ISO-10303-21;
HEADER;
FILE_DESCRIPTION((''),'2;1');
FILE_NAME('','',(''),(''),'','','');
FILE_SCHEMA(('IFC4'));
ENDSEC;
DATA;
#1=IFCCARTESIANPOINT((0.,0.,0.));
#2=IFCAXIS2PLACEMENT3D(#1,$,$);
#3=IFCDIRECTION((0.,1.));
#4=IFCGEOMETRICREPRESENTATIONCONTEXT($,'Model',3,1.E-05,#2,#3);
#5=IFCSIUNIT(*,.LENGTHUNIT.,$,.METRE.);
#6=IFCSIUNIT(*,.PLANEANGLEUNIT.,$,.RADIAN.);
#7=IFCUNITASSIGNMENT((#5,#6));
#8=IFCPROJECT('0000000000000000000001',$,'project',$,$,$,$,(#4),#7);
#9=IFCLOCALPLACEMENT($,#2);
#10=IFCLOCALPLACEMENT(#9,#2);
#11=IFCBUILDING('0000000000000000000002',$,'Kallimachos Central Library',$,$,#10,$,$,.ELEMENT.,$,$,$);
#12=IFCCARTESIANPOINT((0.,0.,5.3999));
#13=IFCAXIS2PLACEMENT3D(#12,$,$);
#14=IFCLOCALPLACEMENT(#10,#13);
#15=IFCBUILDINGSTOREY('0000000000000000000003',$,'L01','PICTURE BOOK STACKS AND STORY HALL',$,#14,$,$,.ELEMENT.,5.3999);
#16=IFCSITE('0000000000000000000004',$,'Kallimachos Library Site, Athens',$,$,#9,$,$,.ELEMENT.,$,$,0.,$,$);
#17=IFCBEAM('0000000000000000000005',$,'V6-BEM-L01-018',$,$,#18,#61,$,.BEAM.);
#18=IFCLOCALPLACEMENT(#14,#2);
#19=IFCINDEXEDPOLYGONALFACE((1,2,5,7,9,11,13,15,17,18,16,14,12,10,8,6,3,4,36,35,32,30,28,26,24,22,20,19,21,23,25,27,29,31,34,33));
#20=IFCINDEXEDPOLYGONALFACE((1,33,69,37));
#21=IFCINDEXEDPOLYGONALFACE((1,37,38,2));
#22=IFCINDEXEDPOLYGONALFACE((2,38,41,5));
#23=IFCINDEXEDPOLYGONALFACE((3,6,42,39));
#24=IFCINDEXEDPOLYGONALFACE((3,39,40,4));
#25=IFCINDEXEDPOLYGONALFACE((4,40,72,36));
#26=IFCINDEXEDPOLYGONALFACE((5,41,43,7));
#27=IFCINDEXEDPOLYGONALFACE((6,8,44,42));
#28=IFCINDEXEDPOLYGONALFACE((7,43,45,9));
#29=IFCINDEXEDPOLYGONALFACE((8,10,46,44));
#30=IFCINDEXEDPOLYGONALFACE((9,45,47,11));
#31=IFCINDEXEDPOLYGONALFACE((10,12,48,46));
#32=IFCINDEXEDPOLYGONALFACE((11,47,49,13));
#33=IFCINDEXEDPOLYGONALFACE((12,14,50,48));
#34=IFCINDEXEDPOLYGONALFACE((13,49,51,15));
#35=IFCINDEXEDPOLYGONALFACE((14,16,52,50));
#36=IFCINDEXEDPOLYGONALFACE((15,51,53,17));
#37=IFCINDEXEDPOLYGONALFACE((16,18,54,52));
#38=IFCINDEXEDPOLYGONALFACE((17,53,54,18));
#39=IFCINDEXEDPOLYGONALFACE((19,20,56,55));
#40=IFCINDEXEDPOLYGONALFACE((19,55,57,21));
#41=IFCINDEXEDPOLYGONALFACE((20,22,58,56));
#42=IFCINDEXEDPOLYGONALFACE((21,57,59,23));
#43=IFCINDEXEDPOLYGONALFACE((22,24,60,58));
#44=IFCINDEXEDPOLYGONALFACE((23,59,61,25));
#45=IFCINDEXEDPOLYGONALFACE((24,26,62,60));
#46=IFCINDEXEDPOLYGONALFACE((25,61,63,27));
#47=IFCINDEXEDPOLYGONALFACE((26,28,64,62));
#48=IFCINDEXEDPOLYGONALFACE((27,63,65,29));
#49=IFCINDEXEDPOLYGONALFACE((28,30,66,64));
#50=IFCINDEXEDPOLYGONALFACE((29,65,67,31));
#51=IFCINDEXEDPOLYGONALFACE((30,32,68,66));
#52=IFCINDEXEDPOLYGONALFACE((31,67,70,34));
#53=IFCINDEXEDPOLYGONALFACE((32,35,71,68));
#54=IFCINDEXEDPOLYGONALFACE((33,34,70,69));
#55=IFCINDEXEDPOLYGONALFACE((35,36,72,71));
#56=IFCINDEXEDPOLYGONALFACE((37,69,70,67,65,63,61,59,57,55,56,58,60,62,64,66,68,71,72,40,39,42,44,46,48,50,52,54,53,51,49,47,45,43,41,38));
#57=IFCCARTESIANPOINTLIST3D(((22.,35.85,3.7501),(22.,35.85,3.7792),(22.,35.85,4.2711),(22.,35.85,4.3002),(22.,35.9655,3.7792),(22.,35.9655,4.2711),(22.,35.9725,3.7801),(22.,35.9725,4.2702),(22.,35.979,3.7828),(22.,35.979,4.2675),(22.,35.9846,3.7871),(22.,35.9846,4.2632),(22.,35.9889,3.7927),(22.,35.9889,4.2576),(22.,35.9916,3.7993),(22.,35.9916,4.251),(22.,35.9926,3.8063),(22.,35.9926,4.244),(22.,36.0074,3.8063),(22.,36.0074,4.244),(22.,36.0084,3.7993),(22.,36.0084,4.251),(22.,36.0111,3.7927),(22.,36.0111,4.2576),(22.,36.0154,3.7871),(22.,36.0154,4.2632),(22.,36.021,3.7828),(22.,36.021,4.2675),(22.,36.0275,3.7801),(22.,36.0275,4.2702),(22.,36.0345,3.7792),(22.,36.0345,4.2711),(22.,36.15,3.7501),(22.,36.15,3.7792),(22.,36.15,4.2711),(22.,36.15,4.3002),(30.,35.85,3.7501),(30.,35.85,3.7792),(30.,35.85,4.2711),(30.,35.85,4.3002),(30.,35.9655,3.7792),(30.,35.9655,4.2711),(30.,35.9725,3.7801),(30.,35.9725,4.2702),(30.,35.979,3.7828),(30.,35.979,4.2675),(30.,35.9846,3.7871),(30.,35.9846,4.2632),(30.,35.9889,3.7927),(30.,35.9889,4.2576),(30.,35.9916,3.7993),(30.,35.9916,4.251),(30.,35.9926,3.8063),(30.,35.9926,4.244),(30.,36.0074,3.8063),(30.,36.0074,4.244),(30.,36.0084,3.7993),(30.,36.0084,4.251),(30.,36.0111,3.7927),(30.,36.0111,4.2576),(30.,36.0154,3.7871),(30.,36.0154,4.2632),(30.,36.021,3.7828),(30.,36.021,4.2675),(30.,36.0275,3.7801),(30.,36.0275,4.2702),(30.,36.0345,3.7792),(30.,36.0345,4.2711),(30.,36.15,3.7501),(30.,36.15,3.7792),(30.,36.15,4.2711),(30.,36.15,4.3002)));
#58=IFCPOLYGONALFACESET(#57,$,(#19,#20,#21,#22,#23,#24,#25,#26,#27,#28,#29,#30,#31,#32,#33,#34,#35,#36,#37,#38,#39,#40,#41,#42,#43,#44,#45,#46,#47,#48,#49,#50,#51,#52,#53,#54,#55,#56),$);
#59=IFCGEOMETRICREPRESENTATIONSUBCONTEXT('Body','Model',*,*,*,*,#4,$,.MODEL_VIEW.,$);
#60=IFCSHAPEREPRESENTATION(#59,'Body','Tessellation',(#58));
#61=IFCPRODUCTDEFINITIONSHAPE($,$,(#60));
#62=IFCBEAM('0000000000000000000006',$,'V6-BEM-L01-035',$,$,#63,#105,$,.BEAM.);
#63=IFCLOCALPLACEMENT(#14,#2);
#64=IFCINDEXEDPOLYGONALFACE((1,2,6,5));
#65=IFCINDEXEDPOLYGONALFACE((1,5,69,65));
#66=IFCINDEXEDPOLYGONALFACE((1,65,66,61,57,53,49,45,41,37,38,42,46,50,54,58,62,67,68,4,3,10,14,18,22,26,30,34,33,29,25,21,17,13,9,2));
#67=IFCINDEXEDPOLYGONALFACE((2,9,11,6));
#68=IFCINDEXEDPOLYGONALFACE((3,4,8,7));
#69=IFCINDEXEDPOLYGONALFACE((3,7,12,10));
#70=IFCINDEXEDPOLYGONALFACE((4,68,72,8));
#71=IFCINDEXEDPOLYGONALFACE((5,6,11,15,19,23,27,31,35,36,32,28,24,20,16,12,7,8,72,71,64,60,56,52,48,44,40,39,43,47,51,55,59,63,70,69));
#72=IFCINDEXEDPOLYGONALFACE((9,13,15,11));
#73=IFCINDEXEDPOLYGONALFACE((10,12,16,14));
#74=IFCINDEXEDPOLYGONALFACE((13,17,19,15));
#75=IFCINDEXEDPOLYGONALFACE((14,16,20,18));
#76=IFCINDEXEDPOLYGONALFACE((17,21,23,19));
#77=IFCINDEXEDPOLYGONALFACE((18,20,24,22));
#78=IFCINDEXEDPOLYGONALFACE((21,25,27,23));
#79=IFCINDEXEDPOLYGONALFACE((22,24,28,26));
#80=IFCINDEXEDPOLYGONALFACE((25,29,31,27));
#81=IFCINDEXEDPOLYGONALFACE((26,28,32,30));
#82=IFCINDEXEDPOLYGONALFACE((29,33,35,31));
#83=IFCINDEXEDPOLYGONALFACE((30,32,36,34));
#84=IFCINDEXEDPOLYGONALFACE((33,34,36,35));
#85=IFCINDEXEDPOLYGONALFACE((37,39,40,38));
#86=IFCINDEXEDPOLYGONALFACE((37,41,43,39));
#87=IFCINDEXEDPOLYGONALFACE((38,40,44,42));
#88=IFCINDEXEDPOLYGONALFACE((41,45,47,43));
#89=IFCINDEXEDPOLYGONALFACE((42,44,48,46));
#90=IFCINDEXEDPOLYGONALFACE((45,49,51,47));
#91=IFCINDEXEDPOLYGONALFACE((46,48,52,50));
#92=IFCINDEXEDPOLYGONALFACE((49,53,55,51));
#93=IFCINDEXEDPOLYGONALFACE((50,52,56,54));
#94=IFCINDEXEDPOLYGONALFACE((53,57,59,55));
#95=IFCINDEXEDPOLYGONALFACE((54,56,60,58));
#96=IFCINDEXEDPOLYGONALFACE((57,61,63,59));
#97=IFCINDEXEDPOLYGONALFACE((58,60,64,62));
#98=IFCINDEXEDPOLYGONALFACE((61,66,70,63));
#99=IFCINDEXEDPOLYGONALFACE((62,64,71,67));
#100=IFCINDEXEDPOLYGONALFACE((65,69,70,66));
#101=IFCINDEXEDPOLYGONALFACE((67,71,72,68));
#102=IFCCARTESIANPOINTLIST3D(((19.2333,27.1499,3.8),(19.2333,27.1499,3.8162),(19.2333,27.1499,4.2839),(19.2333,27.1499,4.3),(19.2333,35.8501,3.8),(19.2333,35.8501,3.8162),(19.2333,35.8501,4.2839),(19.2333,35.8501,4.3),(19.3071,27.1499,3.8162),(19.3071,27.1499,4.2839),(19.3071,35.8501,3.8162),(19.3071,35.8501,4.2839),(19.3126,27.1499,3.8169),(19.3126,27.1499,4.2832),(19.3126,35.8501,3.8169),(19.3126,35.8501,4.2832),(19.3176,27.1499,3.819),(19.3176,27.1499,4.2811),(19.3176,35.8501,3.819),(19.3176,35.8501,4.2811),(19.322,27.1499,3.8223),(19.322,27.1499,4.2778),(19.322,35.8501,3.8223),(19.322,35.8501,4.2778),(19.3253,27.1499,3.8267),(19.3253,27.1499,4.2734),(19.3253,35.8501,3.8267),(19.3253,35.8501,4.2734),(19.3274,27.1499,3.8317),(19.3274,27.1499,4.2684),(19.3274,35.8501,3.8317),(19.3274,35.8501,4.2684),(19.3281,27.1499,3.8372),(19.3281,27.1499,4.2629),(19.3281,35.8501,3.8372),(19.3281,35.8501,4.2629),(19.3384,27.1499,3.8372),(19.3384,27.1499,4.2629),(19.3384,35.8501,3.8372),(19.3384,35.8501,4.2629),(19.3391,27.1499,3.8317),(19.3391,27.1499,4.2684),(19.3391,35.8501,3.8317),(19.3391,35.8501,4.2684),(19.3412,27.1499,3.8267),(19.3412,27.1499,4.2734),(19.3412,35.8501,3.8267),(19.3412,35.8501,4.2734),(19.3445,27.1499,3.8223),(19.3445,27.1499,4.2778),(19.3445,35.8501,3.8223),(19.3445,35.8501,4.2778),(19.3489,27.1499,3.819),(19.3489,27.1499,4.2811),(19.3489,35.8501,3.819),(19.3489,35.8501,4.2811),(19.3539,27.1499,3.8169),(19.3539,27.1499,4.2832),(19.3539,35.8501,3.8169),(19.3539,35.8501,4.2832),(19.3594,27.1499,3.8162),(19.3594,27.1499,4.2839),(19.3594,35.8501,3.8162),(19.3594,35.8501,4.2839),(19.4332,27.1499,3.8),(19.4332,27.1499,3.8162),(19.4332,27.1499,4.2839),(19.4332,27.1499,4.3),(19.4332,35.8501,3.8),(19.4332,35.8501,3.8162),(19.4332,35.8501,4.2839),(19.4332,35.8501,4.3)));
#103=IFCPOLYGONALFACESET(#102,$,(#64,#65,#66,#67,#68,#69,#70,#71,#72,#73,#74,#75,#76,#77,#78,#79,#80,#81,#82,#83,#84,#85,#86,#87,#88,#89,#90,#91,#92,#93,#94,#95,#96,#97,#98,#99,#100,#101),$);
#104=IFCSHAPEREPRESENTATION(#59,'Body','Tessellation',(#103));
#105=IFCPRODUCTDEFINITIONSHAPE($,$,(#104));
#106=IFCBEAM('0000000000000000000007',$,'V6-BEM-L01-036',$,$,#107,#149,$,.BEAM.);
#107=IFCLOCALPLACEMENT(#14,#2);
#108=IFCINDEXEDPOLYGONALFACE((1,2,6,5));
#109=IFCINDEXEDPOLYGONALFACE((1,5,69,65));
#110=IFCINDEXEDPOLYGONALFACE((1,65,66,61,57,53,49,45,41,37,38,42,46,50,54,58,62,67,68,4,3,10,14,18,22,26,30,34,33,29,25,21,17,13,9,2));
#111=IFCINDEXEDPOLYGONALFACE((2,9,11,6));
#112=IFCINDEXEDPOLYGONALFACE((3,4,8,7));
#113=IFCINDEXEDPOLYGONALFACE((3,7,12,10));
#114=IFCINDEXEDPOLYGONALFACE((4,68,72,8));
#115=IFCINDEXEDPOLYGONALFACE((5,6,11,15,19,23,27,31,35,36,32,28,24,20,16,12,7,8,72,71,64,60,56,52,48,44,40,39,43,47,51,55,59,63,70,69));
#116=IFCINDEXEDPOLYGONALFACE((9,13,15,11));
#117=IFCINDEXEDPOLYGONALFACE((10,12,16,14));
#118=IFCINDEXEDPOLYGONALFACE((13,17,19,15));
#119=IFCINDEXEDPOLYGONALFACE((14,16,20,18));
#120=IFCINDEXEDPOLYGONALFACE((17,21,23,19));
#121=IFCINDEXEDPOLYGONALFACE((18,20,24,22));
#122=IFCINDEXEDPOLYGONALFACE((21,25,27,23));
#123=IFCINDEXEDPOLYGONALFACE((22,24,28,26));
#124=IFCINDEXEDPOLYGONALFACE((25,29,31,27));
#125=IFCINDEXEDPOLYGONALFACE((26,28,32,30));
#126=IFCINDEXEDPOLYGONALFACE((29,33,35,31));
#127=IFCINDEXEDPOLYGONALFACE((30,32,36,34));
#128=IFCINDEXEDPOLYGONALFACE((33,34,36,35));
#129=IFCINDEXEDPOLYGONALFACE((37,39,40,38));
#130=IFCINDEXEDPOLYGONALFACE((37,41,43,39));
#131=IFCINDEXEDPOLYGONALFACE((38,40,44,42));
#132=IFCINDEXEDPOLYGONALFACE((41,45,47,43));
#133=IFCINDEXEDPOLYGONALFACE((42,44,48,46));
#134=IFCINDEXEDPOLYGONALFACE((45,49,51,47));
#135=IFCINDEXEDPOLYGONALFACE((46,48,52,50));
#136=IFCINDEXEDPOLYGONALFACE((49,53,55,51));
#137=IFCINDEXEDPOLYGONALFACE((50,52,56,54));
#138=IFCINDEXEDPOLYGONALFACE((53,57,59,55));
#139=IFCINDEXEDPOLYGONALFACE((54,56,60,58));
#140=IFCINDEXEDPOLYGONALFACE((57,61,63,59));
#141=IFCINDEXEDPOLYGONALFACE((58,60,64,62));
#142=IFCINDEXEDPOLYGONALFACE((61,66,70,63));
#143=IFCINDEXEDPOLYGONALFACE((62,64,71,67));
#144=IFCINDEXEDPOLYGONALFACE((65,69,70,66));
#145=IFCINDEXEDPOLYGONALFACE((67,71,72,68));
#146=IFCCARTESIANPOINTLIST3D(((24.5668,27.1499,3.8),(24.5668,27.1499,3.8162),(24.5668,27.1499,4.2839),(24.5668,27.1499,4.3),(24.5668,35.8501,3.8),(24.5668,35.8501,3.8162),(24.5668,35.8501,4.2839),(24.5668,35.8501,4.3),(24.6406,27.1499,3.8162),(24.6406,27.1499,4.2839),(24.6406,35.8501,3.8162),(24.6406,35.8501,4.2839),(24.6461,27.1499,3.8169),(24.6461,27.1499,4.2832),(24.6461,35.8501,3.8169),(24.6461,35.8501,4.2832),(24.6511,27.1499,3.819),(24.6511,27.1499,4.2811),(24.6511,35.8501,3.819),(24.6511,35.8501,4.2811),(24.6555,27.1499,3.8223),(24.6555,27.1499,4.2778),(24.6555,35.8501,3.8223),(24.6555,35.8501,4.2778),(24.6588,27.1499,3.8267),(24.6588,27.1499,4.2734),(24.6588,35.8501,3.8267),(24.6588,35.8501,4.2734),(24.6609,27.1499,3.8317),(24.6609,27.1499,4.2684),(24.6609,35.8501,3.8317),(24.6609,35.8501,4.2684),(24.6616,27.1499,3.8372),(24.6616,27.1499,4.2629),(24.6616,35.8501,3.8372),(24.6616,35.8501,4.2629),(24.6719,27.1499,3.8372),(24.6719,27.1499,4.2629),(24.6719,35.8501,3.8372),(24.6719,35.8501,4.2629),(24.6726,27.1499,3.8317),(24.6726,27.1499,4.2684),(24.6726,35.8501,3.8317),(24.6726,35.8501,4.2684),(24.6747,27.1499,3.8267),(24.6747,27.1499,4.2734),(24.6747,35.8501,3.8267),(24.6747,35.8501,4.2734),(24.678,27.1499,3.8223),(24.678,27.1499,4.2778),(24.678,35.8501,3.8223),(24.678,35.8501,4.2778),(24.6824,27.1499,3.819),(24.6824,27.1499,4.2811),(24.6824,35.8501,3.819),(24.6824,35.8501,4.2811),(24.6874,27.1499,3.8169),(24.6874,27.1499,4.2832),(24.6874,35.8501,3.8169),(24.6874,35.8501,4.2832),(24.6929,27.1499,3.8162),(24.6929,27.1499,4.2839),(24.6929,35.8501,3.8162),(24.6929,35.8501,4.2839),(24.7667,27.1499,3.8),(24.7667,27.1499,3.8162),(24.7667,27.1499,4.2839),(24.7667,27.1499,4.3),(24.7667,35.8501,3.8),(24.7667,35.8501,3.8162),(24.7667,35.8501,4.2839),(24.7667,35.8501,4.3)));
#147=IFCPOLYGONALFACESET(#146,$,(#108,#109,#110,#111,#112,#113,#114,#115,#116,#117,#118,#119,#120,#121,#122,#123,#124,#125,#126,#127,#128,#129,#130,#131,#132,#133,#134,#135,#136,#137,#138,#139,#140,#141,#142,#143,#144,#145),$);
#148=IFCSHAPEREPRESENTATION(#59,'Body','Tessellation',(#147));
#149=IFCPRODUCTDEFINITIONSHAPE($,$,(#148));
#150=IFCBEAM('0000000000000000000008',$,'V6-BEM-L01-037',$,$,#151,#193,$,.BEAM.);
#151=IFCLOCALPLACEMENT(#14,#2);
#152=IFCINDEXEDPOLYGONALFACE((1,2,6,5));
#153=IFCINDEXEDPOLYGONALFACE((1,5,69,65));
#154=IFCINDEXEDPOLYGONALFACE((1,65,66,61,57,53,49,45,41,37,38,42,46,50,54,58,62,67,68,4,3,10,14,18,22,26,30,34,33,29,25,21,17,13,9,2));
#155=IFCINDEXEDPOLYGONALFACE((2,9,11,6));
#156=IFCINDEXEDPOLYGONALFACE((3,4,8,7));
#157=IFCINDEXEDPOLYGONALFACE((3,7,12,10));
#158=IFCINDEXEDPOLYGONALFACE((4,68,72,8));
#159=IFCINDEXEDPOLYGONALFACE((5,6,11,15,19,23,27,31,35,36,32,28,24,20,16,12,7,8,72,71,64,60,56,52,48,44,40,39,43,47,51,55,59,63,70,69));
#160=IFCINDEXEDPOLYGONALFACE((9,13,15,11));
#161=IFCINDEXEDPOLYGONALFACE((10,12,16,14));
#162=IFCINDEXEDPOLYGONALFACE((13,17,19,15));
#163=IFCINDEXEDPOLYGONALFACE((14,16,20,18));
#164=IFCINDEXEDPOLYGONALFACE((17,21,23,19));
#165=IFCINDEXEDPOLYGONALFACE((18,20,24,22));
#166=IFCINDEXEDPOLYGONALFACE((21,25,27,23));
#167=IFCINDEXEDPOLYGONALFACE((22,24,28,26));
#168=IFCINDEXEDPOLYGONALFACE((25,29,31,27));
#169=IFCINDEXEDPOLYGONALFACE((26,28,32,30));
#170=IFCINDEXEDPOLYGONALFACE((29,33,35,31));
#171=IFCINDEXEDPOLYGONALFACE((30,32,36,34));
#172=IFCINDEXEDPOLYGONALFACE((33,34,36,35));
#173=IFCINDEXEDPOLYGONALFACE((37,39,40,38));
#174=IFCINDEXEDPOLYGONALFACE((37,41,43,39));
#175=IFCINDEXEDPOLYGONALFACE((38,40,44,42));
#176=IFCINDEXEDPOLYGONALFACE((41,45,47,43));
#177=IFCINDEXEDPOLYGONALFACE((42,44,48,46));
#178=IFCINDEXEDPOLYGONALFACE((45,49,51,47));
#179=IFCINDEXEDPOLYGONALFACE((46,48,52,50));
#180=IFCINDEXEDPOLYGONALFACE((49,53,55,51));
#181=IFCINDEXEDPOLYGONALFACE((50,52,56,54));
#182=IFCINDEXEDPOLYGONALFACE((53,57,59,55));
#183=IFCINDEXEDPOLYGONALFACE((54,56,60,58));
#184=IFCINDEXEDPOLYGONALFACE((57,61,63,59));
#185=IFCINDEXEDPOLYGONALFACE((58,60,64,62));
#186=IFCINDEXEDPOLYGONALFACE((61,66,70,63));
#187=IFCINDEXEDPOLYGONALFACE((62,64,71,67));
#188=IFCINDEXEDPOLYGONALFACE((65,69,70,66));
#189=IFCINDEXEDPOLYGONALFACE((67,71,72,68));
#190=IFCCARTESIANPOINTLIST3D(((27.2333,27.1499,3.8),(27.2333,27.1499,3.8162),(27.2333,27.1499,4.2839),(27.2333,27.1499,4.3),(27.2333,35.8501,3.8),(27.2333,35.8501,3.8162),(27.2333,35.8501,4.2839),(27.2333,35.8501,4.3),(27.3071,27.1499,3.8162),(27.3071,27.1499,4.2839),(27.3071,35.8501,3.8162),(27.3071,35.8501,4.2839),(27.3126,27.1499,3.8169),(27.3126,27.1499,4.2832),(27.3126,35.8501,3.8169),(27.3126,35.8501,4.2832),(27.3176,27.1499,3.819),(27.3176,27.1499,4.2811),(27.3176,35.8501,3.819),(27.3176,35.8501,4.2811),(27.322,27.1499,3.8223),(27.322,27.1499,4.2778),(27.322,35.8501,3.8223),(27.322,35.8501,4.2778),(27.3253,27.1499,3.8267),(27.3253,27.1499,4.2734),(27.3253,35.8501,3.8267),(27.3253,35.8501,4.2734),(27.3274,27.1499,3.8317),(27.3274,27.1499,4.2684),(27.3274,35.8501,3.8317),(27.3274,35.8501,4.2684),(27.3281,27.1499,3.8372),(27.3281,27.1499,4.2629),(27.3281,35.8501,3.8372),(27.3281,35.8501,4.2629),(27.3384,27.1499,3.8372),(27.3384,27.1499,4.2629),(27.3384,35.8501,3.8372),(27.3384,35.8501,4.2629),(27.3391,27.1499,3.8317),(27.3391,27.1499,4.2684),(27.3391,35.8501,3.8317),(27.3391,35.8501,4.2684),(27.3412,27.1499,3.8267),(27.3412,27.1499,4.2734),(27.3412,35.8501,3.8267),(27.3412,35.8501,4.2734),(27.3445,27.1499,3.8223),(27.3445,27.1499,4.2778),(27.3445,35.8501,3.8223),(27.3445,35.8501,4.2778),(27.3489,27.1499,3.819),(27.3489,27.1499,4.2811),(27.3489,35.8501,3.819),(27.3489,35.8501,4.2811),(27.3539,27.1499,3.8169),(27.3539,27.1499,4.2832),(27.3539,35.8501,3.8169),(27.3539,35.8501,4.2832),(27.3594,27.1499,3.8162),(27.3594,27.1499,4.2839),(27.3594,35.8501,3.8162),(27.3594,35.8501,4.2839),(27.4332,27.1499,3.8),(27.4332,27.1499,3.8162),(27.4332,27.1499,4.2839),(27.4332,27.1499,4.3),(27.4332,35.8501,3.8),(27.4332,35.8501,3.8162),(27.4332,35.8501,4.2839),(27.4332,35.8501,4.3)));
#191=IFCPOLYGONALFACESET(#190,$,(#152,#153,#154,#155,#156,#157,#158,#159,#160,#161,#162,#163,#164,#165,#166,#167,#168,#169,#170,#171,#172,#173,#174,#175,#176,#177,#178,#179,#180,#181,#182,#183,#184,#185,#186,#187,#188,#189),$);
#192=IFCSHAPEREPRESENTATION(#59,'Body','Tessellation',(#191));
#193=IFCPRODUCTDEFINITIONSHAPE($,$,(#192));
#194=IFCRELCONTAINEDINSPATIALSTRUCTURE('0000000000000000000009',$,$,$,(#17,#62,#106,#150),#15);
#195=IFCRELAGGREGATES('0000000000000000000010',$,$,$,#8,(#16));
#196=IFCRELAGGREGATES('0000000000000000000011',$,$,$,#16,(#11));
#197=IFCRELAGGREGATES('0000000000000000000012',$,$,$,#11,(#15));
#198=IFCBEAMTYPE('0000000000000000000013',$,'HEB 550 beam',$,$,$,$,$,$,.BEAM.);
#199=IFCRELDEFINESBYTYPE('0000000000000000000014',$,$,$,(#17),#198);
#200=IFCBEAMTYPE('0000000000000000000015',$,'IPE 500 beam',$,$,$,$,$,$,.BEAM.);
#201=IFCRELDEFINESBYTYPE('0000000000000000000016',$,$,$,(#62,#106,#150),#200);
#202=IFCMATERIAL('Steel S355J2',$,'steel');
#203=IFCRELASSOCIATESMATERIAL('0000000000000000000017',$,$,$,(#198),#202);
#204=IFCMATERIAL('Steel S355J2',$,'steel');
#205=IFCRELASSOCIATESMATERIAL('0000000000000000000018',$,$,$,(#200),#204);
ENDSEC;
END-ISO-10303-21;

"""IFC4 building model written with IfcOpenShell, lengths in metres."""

from ifc_helpers import new_model, si_unit, direction, frame, origin, origin_2d, place, context, subcontext, project, spatial, i_section, extrude, material, material_profile, profile_set, type_object, element, save


model = new_model("IFC4")

# Units and contexts
model_context = context("Model", 3, precision=1e-05, world=origin(), true_north=direction((0.0, 1.0)))
body_context = subcontext(model_context, "Body", "Model", "MODEL_VIEW")
ifc_project = project(units=[si_unit("LENGTHUNIT", "METRE"), si_unit("PLANEANGLEUNIT", "RADIAN")], contexts=[model_context])

# Site, building, storey
site_placement = place(None, origin())
site = spatial("IfcSite", under=ifc_project, at=site_placement, Name="Kallimachos Library Site, Athens", CompositionType="ELEMENT", RefElevation=0.0)
building_placement = place(site_placement, origin())
building = spatial("IfcBuilding", under=site, at=building_placement, Name="Kallimachos Central Library", CompositionType="ELEMENT")
storey_placement = place(building_placement, frame((0.0, 0.0, 5.3999)))
storey = spatial("IfcBuildingStorey", under=building, at=storey_placement, Name="L01", Description="PICTURE BOOK STACKS AND STORY HALL", CompositionType="ELEMENT", Elevation=5.3999)

# Beams
ifc_material_1 = material(Name="Steel S355J2", Category="steel")
ifc_material_profile_1 = material_profile(ifc_material_1, i_section(OverallWidth=0.3, OverallDepth=0.55, WebThickness=0.0149, FlangeThickness=0.0291, FilletRadius=0.0271, at=origin_2d()), Name="HEB 550")
ifc_profile_set_1 = profile_set([ifc_material_profile_1], Name="Steel S355J2")
beam_type_1 = type_object("IfcBeamType", Name="HEB 550 beam", PredefinedType="BEAM", material=ifc_profile_set_1)
for number, where, z_axis, x_axis, name in (
    (1, (22.0, 36.0, 4.0251), (1.0, 0.0, 0.0), (0.0, 1.0, 0.0), "V6-BEM-L01-018"),
):
    element("IfcBeam", number, at=place(storey_placement, frame(where, z_axis=z_axis, x_axis=x_axis)), inside=storey, type_object=beam_type_1, Name=name, PredefinedType="BEAM", context=body_context, shape_type="SweptSolid", body=[
        extrude(i_section(OverallWidth=0.3, OverallDepth=0.55, WebThickness=0.0149, FlangeThickness=0.0291, FilletRadius=0.0271, at=origin_2d()), origin(), (0.0, 0.0, 1.0), 8.0),
    ])
ifc_material_2 = material(Name="Steel S355J2", Category="steel")
ifc_material_profile_2 = material_profile(ifc_material_2, i_section(OverallWidth=0.2, OverallDepth=0.5, WebThickness=0.0103, FlangeThickness=0.0161, FilletRadius=0.021, at=origin_2d()), Name="IPE 500")
ifc_profile_set_2 = profile_set([ifc_material_profile_2], Name="Steel S355J2")
beam_type_2 = type_object("IfcBeamType", Name="IPE 500 beam", PredefinedType="BEAM", material=ifc_profile_set_2)
for number, where, z_axis, x_axis, name in (
    (2, (19.3333, 27.1499, 4.05), (0.0, 1.0, 0.0), (-1.0, 0.0, 0.0), "V6-BEM-L01-035"),
    (3, (24.6667, 27.1499, 4.05), (0.0, 1.0, 0.0), (-1.0, 0.0, 0.0), "V6-BEM-L01-036"),
    (4, (27.3333, 27.1499, 4.05), (0.0, 1.0, 0.0), (-1.0, 0.0, 0.0), "V6-BEM-L01-037"),
):
    element("IfcBeam", number, at=place(storey_placement, frame(where, z_axis=z_axis, x_axis=x_axis)), inside=storey, type_object=beam_type_2, Name=name, PredefinedType="BEAM", context=body_context, shape_type="SweptSolid", body=[
        extrude(i_section(OverallWidth=0.2, OverallDepth=0.5, WebThickness=0.0103, FlangeThickness=0.0161, FilletRadius=0.021, at=origin_2d()), origin(), (0.0, 0.0, 1.0), 8.7002),
    ])

save(model, "model.ifc")
